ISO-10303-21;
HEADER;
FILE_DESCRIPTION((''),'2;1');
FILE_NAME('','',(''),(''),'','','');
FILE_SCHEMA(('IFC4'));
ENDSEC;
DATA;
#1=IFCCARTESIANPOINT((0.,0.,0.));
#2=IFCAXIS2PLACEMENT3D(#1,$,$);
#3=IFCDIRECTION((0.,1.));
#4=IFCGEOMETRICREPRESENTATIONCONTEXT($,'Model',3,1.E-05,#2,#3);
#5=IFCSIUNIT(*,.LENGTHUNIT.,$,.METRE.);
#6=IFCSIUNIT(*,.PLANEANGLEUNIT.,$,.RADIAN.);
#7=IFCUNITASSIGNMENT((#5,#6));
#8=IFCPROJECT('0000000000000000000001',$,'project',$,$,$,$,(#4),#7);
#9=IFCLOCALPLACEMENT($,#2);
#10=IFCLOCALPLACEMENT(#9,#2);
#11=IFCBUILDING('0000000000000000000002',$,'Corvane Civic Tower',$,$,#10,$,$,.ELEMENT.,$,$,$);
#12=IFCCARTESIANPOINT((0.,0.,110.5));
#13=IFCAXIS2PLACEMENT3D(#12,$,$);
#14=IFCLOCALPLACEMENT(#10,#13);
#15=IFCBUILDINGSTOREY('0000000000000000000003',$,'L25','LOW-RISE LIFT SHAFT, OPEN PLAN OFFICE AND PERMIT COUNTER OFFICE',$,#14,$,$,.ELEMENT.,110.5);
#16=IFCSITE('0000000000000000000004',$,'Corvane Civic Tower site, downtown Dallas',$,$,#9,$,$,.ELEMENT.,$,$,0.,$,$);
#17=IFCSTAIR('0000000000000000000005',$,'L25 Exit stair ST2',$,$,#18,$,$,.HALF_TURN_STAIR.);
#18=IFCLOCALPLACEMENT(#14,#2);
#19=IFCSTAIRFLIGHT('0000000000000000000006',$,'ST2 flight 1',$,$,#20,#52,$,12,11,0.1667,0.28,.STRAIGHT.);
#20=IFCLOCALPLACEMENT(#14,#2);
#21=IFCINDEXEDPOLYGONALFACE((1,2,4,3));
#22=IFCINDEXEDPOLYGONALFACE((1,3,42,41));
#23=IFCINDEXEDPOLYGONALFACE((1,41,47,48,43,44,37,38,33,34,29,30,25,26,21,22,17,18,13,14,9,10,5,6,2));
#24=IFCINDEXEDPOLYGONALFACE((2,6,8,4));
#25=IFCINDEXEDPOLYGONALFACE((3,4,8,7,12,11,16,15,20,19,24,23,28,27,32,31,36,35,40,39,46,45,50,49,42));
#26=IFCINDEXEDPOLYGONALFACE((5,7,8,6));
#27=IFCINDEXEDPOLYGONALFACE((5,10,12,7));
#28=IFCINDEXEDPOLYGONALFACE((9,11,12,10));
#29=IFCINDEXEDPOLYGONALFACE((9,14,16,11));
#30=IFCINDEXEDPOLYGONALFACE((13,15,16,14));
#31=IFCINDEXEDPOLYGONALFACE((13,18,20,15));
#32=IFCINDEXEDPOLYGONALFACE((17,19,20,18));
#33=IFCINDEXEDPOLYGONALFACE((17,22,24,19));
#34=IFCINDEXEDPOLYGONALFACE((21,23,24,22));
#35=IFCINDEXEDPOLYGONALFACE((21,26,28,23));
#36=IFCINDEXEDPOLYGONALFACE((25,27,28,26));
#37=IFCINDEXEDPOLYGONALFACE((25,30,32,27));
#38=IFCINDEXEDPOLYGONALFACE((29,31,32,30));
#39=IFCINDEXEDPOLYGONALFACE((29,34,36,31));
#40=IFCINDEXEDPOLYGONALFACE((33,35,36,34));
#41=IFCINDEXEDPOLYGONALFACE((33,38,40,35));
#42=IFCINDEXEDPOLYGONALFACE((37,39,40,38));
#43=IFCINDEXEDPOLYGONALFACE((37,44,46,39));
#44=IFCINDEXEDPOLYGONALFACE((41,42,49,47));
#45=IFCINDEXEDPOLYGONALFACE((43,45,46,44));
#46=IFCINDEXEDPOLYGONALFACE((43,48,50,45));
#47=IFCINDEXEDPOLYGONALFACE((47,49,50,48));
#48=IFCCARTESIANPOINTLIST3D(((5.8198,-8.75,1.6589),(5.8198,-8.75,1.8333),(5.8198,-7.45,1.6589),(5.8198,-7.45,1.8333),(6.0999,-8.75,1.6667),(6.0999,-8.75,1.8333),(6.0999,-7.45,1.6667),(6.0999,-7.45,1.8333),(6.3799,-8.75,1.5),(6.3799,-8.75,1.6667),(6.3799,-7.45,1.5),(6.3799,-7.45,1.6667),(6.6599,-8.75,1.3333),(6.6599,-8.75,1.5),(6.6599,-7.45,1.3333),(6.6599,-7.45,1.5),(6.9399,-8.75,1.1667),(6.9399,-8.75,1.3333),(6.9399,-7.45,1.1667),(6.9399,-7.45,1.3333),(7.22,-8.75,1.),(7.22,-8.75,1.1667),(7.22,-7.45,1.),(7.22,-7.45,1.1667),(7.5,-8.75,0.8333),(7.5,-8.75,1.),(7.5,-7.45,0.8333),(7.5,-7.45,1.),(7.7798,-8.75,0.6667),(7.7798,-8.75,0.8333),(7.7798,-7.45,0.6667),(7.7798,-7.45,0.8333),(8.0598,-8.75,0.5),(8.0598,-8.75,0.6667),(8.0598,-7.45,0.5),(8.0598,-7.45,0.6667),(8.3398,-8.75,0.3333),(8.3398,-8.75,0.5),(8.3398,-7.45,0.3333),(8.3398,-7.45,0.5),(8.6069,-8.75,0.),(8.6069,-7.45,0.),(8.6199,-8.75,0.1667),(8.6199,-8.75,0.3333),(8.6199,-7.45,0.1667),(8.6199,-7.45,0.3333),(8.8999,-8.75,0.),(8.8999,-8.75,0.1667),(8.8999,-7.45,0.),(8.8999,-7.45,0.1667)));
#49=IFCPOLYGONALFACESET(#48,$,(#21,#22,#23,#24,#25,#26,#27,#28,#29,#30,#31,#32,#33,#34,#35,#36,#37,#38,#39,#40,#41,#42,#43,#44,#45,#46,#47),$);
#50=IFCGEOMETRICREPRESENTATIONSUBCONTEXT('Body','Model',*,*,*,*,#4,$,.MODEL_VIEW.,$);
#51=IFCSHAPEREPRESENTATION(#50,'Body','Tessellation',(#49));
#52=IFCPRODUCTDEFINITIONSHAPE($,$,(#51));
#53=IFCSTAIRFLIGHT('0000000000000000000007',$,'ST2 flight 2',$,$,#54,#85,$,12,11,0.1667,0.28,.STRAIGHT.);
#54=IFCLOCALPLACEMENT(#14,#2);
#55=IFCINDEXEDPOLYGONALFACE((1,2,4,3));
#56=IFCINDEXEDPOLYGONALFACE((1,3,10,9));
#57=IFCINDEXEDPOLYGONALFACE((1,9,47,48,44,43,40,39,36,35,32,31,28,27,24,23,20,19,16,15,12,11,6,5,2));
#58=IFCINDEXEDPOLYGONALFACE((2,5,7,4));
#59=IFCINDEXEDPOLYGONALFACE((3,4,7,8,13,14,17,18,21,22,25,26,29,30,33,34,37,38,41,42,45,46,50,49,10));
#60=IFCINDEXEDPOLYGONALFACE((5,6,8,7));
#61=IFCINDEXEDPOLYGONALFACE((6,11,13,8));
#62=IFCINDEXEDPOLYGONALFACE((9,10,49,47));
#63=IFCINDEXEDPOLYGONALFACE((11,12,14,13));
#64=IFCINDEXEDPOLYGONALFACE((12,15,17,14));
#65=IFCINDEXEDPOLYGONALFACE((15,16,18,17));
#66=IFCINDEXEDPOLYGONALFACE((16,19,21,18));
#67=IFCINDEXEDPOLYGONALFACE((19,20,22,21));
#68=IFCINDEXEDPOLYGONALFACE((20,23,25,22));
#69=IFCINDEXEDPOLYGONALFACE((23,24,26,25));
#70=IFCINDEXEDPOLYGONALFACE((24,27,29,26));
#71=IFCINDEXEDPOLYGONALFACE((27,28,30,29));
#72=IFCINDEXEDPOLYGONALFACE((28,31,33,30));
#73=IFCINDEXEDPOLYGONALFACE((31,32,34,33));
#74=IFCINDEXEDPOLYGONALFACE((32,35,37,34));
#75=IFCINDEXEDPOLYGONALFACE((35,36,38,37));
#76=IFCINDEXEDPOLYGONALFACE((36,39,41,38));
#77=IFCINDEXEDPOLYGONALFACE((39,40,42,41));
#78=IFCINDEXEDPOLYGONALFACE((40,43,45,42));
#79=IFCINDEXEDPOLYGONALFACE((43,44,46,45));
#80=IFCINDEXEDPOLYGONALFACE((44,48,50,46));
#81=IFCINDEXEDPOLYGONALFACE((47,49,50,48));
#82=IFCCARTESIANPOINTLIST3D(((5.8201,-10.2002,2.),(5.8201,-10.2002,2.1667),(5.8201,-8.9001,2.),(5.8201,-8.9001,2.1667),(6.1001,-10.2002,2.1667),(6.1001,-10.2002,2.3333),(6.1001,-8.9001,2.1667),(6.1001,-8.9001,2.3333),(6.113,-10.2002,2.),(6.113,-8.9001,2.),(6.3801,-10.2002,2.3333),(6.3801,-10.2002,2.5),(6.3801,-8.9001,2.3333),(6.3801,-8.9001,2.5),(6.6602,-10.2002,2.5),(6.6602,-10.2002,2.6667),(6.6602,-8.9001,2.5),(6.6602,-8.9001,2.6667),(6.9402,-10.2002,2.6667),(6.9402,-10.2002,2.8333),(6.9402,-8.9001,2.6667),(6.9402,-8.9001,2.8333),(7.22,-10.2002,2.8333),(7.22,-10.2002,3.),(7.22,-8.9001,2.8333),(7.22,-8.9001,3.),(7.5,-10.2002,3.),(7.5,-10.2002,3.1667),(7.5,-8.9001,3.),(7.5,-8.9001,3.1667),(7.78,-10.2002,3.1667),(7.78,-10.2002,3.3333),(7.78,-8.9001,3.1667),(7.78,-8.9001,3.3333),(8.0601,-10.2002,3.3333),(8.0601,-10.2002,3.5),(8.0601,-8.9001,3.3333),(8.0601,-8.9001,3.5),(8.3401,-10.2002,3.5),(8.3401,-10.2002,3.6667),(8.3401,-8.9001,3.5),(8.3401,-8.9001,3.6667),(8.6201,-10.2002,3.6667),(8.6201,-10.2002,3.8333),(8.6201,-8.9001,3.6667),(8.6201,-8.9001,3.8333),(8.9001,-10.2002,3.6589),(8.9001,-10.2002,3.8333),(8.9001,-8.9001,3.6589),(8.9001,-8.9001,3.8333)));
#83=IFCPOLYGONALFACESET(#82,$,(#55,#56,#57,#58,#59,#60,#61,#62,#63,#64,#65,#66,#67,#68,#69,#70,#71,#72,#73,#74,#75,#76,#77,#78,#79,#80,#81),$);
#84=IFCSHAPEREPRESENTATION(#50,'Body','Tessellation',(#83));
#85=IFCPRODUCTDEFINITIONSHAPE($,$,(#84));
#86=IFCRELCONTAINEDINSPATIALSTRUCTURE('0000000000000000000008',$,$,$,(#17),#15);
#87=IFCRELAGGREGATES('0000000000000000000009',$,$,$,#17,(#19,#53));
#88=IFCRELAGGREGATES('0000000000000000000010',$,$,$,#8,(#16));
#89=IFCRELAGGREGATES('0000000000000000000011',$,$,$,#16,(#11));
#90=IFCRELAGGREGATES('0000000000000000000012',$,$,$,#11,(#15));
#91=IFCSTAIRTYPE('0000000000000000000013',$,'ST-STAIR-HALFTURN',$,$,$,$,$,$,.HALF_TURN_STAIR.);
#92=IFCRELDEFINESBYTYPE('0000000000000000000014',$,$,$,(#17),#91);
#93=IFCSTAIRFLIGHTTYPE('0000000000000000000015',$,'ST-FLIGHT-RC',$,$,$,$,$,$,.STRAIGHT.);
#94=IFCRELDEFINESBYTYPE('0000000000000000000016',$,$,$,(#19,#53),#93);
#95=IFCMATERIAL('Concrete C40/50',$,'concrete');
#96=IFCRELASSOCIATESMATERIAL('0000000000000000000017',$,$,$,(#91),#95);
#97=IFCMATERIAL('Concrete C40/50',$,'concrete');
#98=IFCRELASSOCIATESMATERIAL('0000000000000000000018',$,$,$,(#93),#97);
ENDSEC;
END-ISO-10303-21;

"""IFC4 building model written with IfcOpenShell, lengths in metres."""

from ifc_helpers import new_model, si_unit, direction, frame, origin, place, context, subcontext, project, spatial, polyline, outline, extrude, material, type_object, element, aggregate, save


model = new_model("IFC4")

# Units and contexts
model_context = context("Model", 3, precision=1e-05, world=origin(), true_north=direction((0.0, 1.0)))
body_context = subcontext(model_context, "Body", "Model", "MODEL_VIEW")
ifc_project = project(units=[si_unit("LENGTHUNIT", "METRE"), si_unit("PLANEANGLEUNIT", "RADIAN")], contexts=[model_context])

# Site, building, storey
site_placement = place(None, origin())
site = spatial("IfcSite", under=ifc_project, at=site_placement, Name="Corvane Civic Tower site, downtown Dallas", CompositionType="ELEMENT", RefElevation=0.0)
building_placement = place(site_placement, origin())
building = spatial("IfcBuilding", under=site, at=building_placement, Name="Corvane Civic Tower", CompositionType="ELEMENT")
storey_placement = place(building_placement, frame((0.0, 0.0, 110.5)))
storey = spatial("IfcBuildingStorey", under=building, at=storey_placement, Name="L25", Description="LOW-RISE LIFT SHAFT, OPEN PLAN OFFICE AND PERMIT COUNTER OFFICE", CompositionType="ELEMENT", Elevation=110.5)

# Stair, stair flights
ifc_material_1 = material(Name="Concrete C40/50", Category="concrete")
stair_type = type_object("IfcStairType", Name="ST-STAIR-HALFTURN", PredefinedType="HALF_TURN_STAIR", material=ifc_material_1)
stair_placement = place(storey_placement, origin())
stair = element("IfcStair", 1, at=stair_placement, inside=storey, type_object=stair_type, Name="L25 Exit stair ST2", PredefinedType="HALF_TURN_STAIR")
ifc_material_2 = material(Name="Concrete C40/50", Category="concrete")
stair_flight_type = type_object("IfcStairFlightType", Name="ST-FLIGHT-RC", PredefinedType="STRAIGHT", material=ifc_material_2)
stair_flight_1_placement = place(storey_placement, frame((8.8999, -8.1001, 0.0), z_axis=(0.0, 0.0, 1.0), x_axis=(-1.0, 0.0, 0.0)))
stair_flight_1 = element("IfcStairFlight", 2, at=stair_flight_1_placement, type_object=stair_flight_type, Name="ST2 flight 1", NumberOfRisers=12, NumberOfTreads=11, PredefinedType="STRAIGHT", RiserHeight=0.1667, TreadLength=0.28, context=body_context, shape_type="SweptSolid", body=[
    extrude(outline(polyline([(0.0, 0.0), (0.0, 0.1667), (0.28, 0.1667), (0.28, 0.3333), (0.5601, 0.3333), (0.5601, 0.5), (0.8401, 0.5), (0.8401, 0.6667), (1.1201, 0.6667), (1.1201, 0.8333), (1.3999, 0.8333), (1.3999, 1.0), (1.6799, 1.0), (1.6799, 1.1667), (1.96, 1.1667), (1.96, 1.3333), (2.24, 1.3333), (2.24, 1.5), (2.52, 1.5), (2.52, 1.6667), (2.8, 1.6667), (2.8, 1.8333), (3.0801, 1.8333), (3.0801, 2.0), (3.0801, 1.6589), (0.293, 0.0), (0.0, 0.0)])), frame((0.0, 0.6499, 0.0), z_axis=(0.0, -1.0, 0.0), x_axis=(1.0, 0.0, 0.0)), (0.0, 0.0, 1.0), 1.3),
])
stair_flight_2_placement = place(storey_placement, frame((5.8201, -9.55, 2.0), z_axis=(0.0, 0.0, 1.0), x_axis=(1.0, 0.0, 0.0)))
stair_flight_2 = element("IfcStairFlight", 3, at=stair_flight_2_placement, type_object=stair_flight_type, Name="ST2 flight 2", NumberOfRisers=12, NumberOfTreads=11, PredefinedType="STRAIGHT", RiserHeight=0.1667, TreadLength=0.28, context=body_context, shape_type="SweptSolid", body=[
    extrude(outline(polyline([(0.0, 0.0), (0.0, 0.1667), (0.28, 0.1667), (0.28, 0.3333), (0.5601, 0.3333), (0.5601, 0.5), (0.8401, 0.5), (0.8401, 0.6667), (1.1201, 0.6667), (1.1201, 0.8333), (1.3999, 0.8333), (1.3999, 1.0), (1.6799, 1.0), (1.6799, 1.1667), (1.96, 1.1667), (1.96, 1.3333), (2.24, 1.3333), (2.24, 1.5), (2.52, 1.5), (2.52, 1.6667), (2.8, 1.6667), (2.8, 1.8333), (3.0801, 1.8333), (3.0801, 2.0), (3.0801, 1.6589), (0.293, 0.0), (0.0, 0.0)])), frame((0.0, 0.6499, 0.0), z_axis=(0.0, -1.0, 0.0), x_axis=(1.0, 0.0, 0.0)), (0.0, 0.0, 1.0), 1.3),
])
aggregate(stair, [stair_flight_1, stair_flight_2])

save(model, "model.ifc")
